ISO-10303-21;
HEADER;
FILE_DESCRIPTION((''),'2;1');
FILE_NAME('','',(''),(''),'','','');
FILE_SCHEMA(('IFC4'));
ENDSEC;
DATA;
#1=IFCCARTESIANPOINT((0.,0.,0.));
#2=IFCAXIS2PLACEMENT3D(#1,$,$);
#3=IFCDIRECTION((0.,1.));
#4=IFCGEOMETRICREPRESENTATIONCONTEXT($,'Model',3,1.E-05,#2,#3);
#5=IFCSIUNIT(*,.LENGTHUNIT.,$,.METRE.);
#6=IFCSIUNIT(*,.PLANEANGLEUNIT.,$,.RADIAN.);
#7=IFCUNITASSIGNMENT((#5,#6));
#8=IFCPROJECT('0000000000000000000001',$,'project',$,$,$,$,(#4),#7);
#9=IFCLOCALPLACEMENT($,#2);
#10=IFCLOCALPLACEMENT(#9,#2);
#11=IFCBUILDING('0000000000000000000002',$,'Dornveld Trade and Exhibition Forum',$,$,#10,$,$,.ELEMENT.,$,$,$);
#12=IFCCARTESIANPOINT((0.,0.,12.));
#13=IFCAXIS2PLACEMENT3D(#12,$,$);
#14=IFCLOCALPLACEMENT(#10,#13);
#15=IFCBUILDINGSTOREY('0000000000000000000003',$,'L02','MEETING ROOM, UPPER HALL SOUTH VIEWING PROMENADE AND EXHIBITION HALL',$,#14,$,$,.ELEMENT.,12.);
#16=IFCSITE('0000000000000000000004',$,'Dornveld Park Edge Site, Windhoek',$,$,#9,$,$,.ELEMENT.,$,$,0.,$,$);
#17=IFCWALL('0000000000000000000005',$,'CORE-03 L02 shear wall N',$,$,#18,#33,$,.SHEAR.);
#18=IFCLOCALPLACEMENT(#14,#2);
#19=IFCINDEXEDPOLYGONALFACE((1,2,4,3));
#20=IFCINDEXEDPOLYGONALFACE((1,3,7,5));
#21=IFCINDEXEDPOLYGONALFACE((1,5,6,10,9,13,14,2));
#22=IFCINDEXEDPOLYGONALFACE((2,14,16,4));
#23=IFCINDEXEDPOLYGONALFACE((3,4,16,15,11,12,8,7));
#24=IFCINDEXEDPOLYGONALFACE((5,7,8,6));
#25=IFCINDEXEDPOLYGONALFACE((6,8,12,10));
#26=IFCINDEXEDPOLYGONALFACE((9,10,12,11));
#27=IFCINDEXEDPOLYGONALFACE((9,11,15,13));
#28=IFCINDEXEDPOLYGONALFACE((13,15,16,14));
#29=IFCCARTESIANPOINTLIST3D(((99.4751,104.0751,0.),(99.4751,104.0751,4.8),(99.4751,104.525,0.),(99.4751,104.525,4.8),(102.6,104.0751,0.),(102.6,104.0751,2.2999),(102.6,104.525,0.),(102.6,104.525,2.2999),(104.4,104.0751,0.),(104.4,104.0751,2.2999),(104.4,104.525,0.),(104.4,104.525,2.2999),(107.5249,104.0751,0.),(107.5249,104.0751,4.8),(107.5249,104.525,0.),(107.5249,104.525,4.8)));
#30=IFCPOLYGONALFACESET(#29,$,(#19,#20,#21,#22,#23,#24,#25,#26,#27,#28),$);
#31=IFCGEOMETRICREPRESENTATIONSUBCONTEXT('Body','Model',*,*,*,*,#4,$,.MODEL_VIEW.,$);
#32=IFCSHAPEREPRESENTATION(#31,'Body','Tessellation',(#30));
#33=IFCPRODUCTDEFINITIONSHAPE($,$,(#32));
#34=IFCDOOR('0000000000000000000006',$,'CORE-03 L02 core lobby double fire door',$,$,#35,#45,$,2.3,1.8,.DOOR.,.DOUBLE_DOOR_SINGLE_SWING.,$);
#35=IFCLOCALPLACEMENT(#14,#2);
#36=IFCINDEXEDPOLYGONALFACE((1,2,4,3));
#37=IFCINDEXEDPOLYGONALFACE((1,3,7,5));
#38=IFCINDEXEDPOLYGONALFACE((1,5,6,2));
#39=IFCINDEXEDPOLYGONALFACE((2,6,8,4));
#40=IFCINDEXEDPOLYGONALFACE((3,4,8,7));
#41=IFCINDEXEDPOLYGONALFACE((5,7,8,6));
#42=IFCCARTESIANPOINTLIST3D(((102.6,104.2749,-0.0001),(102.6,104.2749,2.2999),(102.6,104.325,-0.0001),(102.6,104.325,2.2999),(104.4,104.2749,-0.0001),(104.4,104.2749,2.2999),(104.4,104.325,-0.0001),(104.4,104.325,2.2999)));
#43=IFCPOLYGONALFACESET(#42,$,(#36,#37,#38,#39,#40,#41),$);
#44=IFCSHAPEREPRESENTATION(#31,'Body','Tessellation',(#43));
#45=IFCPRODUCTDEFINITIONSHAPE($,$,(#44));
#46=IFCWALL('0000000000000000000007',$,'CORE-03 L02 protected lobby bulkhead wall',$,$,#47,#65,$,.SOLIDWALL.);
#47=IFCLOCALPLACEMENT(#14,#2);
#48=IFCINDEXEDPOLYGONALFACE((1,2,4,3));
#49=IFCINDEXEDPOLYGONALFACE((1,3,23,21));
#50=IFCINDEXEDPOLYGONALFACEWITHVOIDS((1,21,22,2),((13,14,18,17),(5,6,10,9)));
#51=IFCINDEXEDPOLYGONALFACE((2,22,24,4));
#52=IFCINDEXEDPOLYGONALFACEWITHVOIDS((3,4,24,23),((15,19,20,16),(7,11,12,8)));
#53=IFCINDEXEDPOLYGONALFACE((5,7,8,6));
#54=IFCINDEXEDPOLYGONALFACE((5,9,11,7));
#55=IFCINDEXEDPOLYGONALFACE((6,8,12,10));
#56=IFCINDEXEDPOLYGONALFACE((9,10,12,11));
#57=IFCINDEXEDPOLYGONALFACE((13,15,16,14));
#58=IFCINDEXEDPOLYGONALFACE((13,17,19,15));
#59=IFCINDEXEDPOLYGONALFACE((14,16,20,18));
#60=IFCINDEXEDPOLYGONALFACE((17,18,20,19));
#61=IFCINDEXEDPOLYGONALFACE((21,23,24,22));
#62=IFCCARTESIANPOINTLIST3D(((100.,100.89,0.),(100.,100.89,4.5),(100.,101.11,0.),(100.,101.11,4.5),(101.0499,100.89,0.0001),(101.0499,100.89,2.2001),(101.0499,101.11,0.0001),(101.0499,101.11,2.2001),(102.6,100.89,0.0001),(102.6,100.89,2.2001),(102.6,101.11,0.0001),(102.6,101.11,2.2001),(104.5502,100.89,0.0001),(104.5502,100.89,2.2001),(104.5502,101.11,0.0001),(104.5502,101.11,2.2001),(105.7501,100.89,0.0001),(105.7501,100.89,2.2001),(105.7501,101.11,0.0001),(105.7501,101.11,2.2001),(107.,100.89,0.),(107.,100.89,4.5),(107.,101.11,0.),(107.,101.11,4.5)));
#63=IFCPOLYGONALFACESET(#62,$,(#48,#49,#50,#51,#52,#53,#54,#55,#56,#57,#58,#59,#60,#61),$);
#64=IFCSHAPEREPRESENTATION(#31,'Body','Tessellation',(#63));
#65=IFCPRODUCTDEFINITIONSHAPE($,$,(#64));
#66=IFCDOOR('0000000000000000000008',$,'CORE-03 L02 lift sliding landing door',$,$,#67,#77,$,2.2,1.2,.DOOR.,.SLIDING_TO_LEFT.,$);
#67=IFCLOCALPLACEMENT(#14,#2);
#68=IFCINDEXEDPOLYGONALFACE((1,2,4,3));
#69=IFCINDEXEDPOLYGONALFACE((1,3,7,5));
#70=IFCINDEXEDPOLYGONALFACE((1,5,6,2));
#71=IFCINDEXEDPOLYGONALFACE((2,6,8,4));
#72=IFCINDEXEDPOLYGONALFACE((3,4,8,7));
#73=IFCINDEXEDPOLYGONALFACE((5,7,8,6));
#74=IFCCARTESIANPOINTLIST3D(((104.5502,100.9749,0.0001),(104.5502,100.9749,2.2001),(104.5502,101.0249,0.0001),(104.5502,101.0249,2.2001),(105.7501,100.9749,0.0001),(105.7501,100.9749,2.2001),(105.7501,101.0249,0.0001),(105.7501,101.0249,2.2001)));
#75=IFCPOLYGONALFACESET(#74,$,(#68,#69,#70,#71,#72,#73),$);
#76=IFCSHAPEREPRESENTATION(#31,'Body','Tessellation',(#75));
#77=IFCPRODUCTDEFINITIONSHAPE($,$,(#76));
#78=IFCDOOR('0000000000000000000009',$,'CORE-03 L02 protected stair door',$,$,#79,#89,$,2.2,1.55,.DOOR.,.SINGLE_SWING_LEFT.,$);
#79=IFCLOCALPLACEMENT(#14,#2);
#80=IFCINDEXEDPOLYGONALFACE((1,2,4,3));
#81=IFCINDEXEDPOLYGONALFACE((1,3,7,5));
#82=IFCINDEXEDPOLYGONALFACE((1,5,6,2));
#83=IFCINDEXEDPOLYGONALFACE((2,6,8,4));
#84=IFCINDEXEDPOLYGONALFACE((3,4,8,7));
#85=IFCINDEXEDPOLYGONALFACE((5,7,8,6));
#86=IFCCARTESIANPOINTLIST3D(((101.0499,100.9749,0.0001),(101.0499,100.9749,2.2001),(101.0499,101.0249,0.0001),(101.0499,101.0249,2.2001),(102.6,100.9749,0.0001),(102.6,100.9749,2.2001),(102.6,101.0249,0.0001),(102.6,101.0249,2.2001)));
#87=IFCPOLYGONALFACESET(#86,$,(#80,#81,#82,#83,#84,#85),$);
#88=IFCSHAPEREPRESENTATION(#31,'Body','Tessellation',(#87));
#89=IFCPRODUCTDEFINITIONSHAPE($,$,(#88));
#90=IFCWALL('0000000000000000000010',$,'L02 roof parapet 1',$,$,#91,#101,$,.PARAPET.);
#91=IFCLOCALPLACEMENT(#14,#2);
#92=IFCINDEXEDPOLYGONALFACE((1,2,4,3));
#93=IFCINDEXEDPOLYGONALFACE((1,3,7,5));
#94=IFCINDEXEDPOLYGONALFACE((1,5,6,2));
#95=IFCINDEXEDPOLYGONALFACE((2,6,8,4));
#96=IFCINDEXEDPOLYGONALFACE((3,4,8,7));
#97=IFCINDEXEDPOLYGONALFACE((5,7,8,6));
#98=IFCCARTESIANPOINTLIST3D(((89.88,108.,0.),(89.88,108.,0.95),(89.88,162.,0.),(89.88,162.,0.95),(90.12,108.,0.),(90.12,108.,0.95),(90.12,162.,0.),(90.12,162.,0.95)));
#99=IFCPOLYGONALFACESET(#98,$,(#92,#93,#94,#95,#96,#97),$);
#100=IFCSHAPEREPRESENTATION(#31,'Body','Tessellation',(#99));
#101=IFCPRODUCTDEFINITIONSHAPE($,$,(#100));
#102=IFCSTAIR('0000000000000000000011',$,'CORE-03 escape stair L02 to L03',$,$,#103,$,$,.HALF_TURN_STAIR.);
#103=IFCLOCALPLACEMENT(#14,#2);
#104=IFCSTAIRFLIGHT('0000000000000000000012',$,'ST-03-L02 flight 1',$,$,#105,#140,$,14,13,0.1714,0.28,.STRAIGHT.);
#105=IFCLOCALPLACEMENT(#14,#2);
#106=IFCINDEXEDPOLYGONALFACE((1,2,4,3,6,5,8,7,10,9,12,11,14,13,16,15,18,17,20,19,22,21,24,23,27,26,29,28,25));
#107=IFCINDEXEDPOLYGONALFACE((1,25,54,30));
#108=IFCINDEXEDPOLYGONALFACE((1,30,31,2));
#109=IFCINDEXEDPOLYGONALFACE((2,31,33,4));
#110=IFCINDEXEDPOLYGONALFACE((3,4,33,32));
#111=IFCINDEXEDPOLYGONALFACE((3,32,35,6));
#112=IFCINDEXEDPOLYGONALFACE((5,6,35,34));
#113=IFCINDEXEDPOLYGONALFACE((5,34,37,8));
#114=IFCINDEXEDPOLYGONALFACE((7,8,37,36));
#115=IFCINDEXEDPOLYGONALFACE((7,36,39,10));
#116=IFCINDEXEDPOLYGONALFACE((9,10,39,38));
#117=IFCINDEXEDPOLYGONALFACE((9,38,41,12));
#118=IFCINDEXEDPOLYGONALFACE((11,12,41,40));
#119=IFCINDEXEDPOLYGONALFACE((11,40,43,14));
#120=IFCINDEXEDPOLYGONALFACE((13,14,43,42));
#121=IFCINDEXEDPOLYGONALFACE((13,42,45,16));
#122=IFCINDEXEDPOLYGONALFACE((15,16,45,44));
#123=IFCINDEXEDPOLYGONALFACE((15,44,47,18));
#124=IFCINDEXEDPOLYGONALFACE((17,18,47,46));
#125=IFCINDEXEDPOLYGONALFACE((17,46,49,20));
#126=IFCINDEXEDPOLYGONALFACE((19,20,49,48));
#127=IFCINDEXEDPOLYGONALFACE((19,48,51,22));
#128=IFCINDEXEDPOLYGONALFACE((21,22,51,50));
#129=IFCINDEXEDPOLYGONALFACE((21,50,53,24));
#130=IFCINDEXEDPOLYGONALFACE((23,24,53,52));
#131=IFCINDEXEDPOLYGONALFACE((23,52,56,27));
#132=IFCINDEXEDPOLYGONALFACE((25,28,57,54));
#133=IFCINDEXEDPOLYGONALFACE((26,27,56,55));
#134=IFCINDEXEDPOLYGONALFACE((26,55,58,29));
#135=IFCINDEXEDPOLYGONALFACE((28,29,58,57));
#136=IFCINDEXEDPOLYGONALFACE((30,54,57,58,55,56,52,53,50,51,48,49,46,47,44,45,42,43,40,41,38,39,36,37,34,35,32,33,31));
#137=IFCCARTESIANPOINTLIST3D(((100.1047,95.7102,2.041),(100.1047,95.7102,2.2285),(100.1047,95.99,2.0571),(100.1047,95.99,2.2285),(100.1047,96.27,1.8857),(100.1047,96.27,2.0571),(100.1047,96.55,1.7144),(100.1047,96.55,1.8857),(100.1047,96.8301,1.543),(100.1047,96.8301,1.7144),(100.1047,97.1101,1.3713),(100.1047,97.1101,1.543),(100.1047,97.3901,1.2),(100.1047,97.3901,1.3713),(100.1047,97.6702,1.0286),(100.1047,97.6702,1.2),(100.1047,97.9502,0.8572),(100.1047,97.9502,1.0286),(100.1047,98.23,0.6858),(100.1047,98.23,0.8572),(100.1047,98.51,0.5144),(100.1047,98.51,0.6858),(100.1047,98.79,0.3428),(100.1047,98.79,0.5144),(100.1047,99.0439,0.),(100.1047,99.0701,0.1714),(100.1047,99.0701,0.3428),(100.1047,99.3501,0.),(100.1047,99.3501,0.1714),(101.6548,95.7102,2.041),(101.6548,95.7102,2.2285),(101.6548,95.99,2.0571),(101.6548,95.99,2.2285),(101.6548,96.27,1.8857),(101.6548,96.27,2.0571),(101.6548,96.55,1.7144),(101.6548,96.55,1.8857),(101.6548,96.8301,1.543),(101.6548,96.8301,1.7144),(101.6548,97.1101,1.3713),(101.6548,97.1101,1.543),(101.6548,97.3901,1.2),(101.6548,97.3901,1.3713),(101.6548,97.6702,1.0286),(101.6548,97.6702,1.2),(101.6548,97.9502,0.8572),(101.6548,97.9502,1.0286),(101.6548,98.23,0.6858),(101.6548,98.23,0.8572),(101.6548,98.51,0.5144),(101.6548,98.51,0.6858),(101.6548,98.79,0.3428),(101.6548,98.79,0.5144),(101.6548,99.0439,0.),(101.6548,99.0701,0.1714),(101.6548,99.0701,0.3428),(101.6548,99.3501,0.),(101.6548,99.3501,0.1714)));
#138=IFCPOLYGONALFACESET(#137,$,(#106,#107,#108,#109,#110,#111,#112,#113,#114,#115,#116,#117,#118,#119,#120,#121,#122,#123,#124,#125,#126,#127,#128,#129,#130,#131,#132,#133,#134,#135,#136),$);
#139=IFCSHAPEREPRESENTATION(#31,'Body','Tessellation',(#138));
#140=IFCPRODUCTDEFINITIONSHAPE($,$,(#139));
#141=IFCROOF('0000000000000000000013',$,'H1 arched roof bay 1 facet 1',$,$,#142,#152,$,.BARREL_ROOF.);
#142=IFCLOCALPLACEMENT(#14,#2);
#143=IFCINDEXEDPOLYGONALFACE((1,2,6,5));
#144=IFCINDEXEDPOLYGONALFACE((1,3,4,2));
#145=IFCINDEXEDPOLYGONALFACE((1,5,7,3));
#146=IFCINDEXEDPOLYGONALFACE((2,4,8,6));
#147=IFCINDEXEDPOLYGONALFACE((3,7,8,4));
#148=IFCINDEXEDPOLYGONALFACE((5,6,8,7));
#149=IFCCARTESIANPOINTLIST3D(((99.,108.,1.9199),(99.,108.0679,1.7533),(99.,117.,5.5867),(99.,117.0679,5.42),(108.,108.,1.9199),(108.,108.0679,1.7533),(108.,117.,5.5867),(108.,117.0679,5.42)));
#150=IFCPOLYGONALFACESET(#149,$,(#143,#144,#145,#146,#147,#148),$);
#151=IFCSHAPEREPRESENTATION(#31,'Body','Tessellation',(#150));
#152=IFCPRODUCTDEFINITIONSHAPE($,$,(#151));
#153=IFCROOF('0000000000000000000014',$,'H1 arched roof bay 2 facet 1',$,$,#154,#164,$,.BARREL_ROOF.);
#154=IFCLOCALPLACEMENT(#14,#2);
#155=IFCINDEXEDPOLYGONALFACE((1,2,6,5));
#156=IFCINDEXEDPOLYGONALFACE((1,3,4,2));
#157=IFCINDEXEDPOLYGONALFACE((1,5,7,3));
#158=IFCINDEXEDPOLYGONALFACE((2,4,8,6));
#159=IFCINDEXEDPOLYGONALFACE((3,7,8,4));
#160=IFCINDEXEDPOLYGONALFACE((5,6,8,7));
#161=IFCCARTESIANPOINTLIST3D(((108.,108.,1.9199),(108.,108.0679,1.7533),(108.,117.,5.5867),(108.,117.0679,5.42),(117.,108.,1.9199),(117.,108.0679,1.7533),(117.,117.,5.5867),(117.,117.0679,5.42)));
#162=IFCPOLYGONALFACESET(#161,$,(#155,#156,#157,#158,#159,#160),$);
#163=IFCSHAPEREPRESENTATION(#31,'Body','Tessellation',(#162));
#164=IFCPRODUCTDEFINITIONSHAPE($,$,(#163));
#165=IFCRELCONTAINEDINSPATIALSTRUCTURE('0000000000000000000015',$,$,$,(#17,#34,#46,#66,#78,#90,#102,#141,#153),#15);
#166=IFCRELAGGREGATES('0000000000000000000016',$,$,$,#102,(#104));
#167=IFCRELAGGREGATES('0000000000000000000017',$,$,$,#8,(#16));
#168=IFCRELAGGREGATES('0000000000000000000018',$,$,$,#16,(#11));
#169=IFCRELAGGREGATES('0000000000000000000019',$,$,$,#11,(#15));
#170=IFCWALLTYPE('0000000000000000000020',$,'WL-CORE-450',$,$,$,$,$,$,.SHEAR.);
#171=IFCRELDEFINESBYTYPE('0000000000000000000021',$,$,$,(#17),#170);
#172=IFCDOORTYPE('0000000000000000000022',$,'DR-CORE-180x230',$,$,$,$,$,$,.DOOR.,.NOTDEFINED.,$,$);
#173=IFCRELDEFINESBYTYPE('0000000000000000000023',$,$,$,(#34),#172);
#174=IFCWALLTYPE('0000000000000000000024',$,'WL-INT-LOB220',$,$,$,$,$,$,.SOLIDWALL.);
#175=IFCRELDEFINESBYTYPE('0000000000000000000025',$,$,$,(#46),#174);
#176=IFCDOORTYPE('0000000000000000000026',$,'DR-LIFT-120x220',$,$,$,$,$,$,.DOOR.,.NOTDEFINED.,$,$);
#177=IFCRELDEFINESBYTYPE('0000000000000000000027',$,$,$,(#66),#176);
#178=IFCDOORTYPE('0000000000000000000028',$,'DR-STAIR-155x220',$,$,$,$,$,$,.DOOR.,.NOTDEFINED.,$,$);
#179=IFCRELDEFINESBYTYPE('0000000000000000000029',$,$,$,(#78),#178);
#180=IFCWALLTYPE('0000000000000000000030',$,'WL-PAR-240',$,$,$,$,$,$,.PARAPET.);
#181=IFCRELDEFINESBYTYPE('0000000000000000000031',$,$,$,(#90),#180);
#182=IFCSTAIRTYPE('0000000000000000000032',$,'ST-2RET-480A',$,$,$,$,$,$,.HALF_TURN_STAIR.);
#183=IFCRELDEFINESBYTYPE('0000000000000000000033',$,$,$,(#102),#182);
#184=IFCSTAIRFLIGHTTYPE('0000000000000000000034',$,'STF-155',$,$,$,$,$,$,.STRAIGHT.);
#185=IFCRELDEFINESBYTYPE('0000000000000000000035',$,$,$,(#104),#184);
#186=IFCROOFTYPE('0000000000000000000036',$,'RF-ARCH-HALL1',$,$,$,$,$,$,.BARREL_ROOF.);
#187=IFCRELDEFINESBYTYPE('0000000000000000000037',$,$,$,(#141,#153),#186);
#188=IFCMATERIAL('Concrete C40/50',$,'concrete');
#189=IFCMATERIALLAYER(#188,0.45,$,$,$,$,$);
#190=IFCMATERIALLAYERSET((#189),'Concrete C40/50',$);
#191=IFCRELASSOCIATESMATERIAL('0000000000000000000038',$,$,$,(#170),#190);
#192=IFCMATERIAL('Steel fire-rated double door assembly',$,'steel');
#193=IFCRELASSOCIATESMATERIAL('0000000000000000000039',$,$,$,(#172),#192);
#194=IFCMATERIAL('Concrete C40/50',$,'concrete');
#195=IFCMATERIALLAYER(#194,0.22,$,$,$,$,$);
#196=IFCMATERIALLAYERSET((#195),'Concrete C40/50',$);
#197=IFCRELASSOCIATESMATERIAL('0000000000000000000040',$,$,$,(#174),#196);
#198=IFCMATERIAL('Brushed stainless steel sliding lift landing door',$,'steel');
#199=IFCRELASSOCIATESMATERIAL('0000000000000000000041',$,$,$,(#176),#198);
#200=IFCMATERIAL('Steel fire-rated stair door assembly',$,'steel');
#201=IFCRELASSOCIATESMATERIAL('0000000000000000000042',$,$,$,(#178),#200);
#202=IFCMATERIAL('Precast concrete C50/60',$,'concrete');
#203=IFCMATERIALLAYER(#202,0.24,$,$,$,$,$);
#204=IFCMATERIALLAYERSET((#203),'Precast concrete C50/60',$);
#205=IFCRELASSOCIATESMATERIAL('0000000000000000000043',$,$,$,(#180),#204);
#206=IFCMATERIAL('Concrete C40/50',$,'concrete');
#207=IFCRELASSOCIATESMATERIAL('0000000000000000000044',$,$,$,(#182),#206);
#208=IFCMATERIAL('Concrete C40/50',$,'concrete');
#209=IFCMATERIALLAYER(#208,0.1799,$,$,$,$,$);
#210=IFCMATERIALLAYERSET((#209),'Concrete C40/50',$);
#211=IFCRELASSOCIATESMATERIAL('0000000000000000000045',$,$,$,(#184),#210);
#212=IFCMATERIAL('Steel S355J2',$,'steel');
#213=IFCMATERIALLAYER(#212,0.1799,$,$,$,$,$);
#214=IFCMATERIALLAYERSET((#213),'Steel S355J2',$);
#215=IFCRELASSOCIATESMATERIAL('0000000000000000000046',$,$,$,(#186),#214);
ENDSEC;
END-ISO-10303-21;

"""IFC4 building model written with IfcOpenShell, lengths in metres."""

from ifc_helpers import new_model, si_unit, direction, frame, frame_2d, origin, place, context, subcontext, project, spatial, polyline, rectangle, outline, extrude, material, layer, layer_set, type_object, element, fill, aggregate, save


model = new_model("IFC4")

# Units and contexts
model_context = context("Model", 3, precision=1e-05, world=origin(), true_north=direction((0.0, 1.0)))
body_context = subcontext(model_context, "Body", "Model", "MODEL_VIEW")
ifc_project = project(units=[si_unit("LENGTHUNIT", "METRE"), si_unit("PLANEANGLEUNIT", "RADIAN")], contexts=[model_context])

# Site, building, storey
site_placement = place(None, origin())
site = spatial("IfcSite", under=ifc_project, at=site_placement, Name="Dornveld Park Edge Site, Windhoek", CompositionType="ELEMENT", RefElevation=0.0)
building_placement = place(site_placement, origin())
building = spatial("IfcBuilding", under=site, at=building_placement, Name="Dornveld Trade and Exhibition Forum", CompositionType="ELEMENT")
storey_placement = place(building_placement, frame((0.0, 0.0, 12.0)))
storey = spatial("IfcBuildingStorey", under=building, at=storey_placement, Name="L02", Description="MEETING ROOM, UPPER HALL SOUTH VIEWING PROMENADE AND EXHIBITION HALL", CompositionType="ELEMENT", Elevation=12.0)

# Wall, opening, door
ifc_material_1 = material(Name="Concrete C40/50", Category="concrete")
ifc_layer_1 = layer(ifc_material_1, 0.45)
ifc_layer_set_1 = layer_set([ifc_layer_1], Name="Concrete C40/50")
wall_type_1 = type_object("IfcWallType", Name="WL-CORE-450", PredefinedType="SHEAR", material=ifc_layer_set_1)
wall_1_placement = place(storey_placement, frame((99.4751, 104.3, 0.0), z_axis=(0.0, 0.0, 1.0), x_axis=(1.0, 0.0, 0.0)))
wall_1 = element("IfcWall", 1, at=wall_1_placement, inside=storey, type_object=wall_type_1, Name="CORE-03 L02 shear wall N", PredefinedType="SHEAR", context=body_context, shape_type="SweptSolid", body=[
    extrude(rectangle(XDim=8.0498, YDim=0.45, at=frame_2d((4.0249, 0.0))), origin(), (0.0, 0.0, 1.0), 4.8),
])
opening_1_placement = place(wall_1_placement, frame((3.125, 0.0, 0.0)))
opening_1 = element("IfcOpeningElement", 2, at=opening_1_placement, cuts=wall_1, PredefinedType="OPENING", context=body_context, shape_type="SweptSolid", body=[
    extrude(rectangle(XDim=1.8, YDim=2.3, at=frame_2d((0.8999, 1.1499))), frame((0.0, 0.2349, 0.0), z_axis=(0.0, -1.0, 0.0), x_axis=(1.0, 0.0, 0.0)), (0.0, 0.0, 1.0), 0.47),
])
ifc_material_2 = material(Name="Steel fire-rated double door assembly", Category="steel")
door_type_1 = type_object("IfcDoorType", Name="DR-CORE-180x230", OperationType="NOTDEFINED", PredefinedType="DOOR", material=ifc_material_2)
door_1_placement = place(opening_1_placement, origin())
door_1 = element("IfcDoor", 3, at=door_1_placement, inside=storey, type_object=door_type_1, Name="CORE-03 L02 core lobby double fire door", OperationType="DOUBLE_DOOR_SINGLE_SWING", OverallHeight=2.3, OverallWidth=1.8, PredefinedType="DOOR", context=body_context, shape_type="SweptSolid", body=[
    extrude(rectangle(XDim=1.8, YDim=2.3, at=frame_2d((0.8999, 1.1499))), frame((0.0, 0.0249, 0.0), z_axis=(0.0, -1.0, 0.0), x_axis=(1.0, 0.0, 0.0)), (0.0, 0.0, 1.0), 0.05),
])
fill(opening_1, door_1)

# Wall, openings, doors
ifc_material_3 = material(Name="Concrete C40/50", Category="concrete")
ifc_layer_2 = layer(ifc_material_3, 0.22)
ifc_layer_set_2 = layer_set([ifc_layer_2], Name="Concrete C40/50")
wall_type_2 = type_object("IfcWallType", Name="WL-INT-LOB220", PredefinedType="SOLIDWALL", material=ifc_layer_set_2)
wall_2_placement = place(storey_placement, frame((100.0, 101.0, 0.0), z_axis=(0.0, 0.0, 1.0), x_axis=(1.0, 0.0, 0.0)))
wall_2 = element("IfcWall", 4, at=wall_2_placement, inside=storey, type_object=wall_type_2, Name="CORE-03 L02 protected lobby bulkhead wall", PredefinedType="SOLIDWALL", context=body_context, shape_type="SweptSolid", body=[
    extrude(rectangle(XDim=7.0, YDim=0.22, at=frame_2d((3.5, 0.0))), origin(), (0.0, 0.0, 1.0), 4.5),
])
opening_2_placement = place(wall_2_placement, frame((1.05, 0.0, 0.0)))
opening_2 = element("IfcOpeningElement", 5, at=opening_2_placement, cuts=wall_2, PredefinedType="OPENING", context=body_context, shape_type="SweptSolid", body=[
    extrude(rectangle(XDim=1.55, YDim=2.2, at=frame_2d((0.7749, 1.1001))), frame((0.0, 0.1199, 0.0), z_axis=(0.0, -1.0, 0.0), x_axis=(1.0, 0.0, 0.0)), (0.0, 0.0, 1.0), 0.24),
])
opening_3_placement = place(wall_2_placement, frame((4.55, 0.0, 0.0)))
opening_3 = element("IfcOpeningElement", 6, at=opening_3_placement, cuts=wall_2, PredefinedType="OPENING", context=body_context, shape_type="SweptSolid", body=[
    extrude(rectangle(XDim=1.2, YDim=2.2, at=frame_2d((0.6001, 1.1001))), frame((0.0, 0.1199, 0.0), z_axis=(0.0, -1.0, 0.0), x_axis=(1.0, 0.0, 0.0)), (0.0, 0.0, 1.0), 0.24),
])
ifc_material_4 = material(Name="Brushed stainless steel sliding lift landing door", Category="steel")
door_type_2 = type_object("IfcDoorType", Name="DR-LIFT-120x220", OperationType="NOTDEFINED", PredefinedType="DOOR", material=ifc_material_4)
door_2_placement = place(opening_3_placement, origin())
door_2 = element("IfcDoor", 7, at=door_2_placement, inside=storey, type_object=door_type_2, Name="CORE-03 L02 lift sliding landing door", OperationType="SLIDING_TO_LEFT", OverallHeight=2.2, OverallWidth=1.2, PredefinedType="DOOR", context=body_context, shape_type="SweptSolid", body=[
    extrude(rectangle(XDim=1.2, YDim=2.2, at=frame_2d((0.6001, 1.1001))), frame((0.0, 0.0249, 0.0), z_axis=(0.0, -1.0, 0.0), x_axis=(1.0, 0.0, 0.0)), (0.0, 0.0, 1.0), 0.05),
])
fill(opening_3, door_2)
ifc_material_5 = material(Name="Steel fire-rated stair door assembly", Category="steel")
door_type_3 = type_object("IfcDoorType", Name="DR-STAIR-155x220", OperationType="NOTDEFINED", PredefinedType="DOOR", material=ifc_material_5)
door_3_placement = place(opening_2_placement, origin())
door_3 = element("IfcDoor", 8, at=door_3_placement, inside=storey, type_object=door_type_3, Name="CORE-03 L02 protected stair door", OperationType="SINGLE_SWING_LEFT", OverallHeight=2.2, OverallWidth=1.55, PredefinedType="DOOR", context=body_context, shape_type="SweptSolid", body=[
    extrude(rectangle(XDim=1.55, YDim=2.2, at=frame_2d((0.7749, 1.1001))), frame((0.0, 0.0249, 0.0), z_axis=(0.0, -1.0, 0.0), x_axis=(1.0, 0.0, 0.0)), (0.0, 0.0, 1.0), 0.05),
])
fill(opening_2, door_3)

# Wall
ifc_material_6 = material(Name="Precast concrete C50/60", Category="concrete")
ifc_layer_3 = layer(ifc_material_6, 0.24)
ifc_layer_set_3 = layer_set([ifc_layer_3], Name="Precast concrete C50/60")
wall_type_3 = type_object("IfcWallType", Name="WL-PAR-240", PredefinedType="PARAPET", material=ifc_layer_set_3)
wall_3_placement = place(storey_placement, frame((90.0, 108.0, 0.0), z_axis=(0.0, 0.0, 1.0), x_axis=(0.0, 1.0, 0.0)))
element("IfcWall", 9, at=wall_3_placement, inside=storey, type_object=wall_type_3, Name="L02 roof parapet 1", PredefinedType="PARAPET", context=body_context, shape_type="SweptSolid", body=[
    extrude(rectangle(XDim=54.0, YDim=0.24, at=frame_2d((27.0, 0.0))), origin(), (0.0, 0.0, 1.0), 0.95),
])

# Stair, stair flight
ifc_material_7 = material(Name="Concrete C40/50", Category="concrete")
stair_type = type_object("IfcStairType", Name="ST-2RET-480A", PredefinedType="HALF_TURN_STAIR", material=ifc_material_7)
stair_placement = place(storey_placement, origin())
stair = element("IfcStair", 10, at=stair_placement, inside=storey, type_object=stair_type, Name="CORE-03 escape stair L02 to L03", PredefinedType="HALF_TURN_STAIR")
ifc_material_8 = material(Name="Concrete C40/50", Category="concrete")
ifc_layer_4 = layer(ifc_material_8, 0.1799)
ifc_layer_set_4 = layer_set([ifc_layer_4], Name="Concrete C40/50")
stair_flight_type = type_object("IfcStairFlightType", Name="STF-155", PredefinedType="STRAIGHT", material=ifc_layer_set_4)
stair_flight_placement = place(storey_placement, frame((100.8799, 99.3501, 0.0), z_axis=(0.0, 0.0, 1.0), x_axis=(0.0, -1.0, 0.0)))
stair_flight = element("IfcStairFlight", 11, at=stair_flight_placement, type_object=stair_flight_type, Name="ST-03-L02 flight 1", NumberOfRisers=14, NumberOfTreads=13, PredefinedType="STRAIGHT", RiserHeight=0.1714, TreadLength=0.28, context=body_context, shape_type="SweptSolid", body=[
    extrude(outline(polyline([(0.0, 0.0), (0.0, 0.1714), (0.28, 0.1714), (0.28, 0.3428), (0.5601, 0.3428), (0.5601, 0.5144), (0.8401, 0.5144), (0.8401, 0.6858), (1.1201, 0.6858), (1.1201, 0.8572), (1.3999, 0.8572), (1.3999, 1.0286), (1.6799, 1.0286), (1.6799, 1.2), (1.96, 1.2), (1.96, 1.3713), (2.24, 1.3713), (2.24, 1.543), (2.52, 1.543), (2.52, 1.7144), (2.8, 1.7144), (2.8, 1.8857), (3.0801, 1.8857), (3.0801, 2.0571), (3.3601, 2.0571), (3.3601, 2.2285), (3.6399, 2.2285), (3.6399, 2.3999), (3.6399, 2.041), (0.3062, 0.0), (0.0, 0.0)])), frame((0.0, 0.7749, 0.0), z_axis=(0.0, -1.0, 0.0), x_axis=(1.0, 0.0, 0.0)), (0.0, 0.0, 1.0), 1.55),
])
aggregate(stair, [stair_flight])

# Roofs
ifc_material_9 = material(Name="Steel S355J2", Category="steel")
ifc_layer_5 = layer(ifc_material_9, 0.1799)
ifc_layer_set_5 = layer_set([ifc_layer_5], Name="Steel S355J2")
roof_type = type_object("IfcRoofType", Name="RF-ARCH-HALL1", PredefinedType="BARREL_ROOF", material=ifc_layer_set_5)
for number, where, z_axis, x_axis, name in (
    (12, (99.0, 108.0, 1.9199), (0.0, -0.377304, 0.926089), (1.0, 0.0, 0.0), "H1 arched roof bay 1 facet 1"),
    (13, (108.0, 108.0, 1.9199), (0.0, -0.377304, 0.926089), (1.0, 0.0, 0.0), "H1 arched roof bay 2 facet 1"),
):
    element("IfcRoof", number, at=place(storey_placement, frame(where, z_axis=z_axis, x_axis=x_axis)), inside=storey, type_object=roof_type, Name=name, PredefinedType="BARREL_ROOF", context=body_context, shape_type="SweptSolid", body=[
        extrude(outline(polyline([(0.0, 0.0), (9.0, 0.0), (9.0, 9.7183), (0.0, 9.7183), (0.0, 0.0)])), origin(), (0.0, 0.0, -1.0), 0.1799),
    ])

save(model, "model.ifc")
